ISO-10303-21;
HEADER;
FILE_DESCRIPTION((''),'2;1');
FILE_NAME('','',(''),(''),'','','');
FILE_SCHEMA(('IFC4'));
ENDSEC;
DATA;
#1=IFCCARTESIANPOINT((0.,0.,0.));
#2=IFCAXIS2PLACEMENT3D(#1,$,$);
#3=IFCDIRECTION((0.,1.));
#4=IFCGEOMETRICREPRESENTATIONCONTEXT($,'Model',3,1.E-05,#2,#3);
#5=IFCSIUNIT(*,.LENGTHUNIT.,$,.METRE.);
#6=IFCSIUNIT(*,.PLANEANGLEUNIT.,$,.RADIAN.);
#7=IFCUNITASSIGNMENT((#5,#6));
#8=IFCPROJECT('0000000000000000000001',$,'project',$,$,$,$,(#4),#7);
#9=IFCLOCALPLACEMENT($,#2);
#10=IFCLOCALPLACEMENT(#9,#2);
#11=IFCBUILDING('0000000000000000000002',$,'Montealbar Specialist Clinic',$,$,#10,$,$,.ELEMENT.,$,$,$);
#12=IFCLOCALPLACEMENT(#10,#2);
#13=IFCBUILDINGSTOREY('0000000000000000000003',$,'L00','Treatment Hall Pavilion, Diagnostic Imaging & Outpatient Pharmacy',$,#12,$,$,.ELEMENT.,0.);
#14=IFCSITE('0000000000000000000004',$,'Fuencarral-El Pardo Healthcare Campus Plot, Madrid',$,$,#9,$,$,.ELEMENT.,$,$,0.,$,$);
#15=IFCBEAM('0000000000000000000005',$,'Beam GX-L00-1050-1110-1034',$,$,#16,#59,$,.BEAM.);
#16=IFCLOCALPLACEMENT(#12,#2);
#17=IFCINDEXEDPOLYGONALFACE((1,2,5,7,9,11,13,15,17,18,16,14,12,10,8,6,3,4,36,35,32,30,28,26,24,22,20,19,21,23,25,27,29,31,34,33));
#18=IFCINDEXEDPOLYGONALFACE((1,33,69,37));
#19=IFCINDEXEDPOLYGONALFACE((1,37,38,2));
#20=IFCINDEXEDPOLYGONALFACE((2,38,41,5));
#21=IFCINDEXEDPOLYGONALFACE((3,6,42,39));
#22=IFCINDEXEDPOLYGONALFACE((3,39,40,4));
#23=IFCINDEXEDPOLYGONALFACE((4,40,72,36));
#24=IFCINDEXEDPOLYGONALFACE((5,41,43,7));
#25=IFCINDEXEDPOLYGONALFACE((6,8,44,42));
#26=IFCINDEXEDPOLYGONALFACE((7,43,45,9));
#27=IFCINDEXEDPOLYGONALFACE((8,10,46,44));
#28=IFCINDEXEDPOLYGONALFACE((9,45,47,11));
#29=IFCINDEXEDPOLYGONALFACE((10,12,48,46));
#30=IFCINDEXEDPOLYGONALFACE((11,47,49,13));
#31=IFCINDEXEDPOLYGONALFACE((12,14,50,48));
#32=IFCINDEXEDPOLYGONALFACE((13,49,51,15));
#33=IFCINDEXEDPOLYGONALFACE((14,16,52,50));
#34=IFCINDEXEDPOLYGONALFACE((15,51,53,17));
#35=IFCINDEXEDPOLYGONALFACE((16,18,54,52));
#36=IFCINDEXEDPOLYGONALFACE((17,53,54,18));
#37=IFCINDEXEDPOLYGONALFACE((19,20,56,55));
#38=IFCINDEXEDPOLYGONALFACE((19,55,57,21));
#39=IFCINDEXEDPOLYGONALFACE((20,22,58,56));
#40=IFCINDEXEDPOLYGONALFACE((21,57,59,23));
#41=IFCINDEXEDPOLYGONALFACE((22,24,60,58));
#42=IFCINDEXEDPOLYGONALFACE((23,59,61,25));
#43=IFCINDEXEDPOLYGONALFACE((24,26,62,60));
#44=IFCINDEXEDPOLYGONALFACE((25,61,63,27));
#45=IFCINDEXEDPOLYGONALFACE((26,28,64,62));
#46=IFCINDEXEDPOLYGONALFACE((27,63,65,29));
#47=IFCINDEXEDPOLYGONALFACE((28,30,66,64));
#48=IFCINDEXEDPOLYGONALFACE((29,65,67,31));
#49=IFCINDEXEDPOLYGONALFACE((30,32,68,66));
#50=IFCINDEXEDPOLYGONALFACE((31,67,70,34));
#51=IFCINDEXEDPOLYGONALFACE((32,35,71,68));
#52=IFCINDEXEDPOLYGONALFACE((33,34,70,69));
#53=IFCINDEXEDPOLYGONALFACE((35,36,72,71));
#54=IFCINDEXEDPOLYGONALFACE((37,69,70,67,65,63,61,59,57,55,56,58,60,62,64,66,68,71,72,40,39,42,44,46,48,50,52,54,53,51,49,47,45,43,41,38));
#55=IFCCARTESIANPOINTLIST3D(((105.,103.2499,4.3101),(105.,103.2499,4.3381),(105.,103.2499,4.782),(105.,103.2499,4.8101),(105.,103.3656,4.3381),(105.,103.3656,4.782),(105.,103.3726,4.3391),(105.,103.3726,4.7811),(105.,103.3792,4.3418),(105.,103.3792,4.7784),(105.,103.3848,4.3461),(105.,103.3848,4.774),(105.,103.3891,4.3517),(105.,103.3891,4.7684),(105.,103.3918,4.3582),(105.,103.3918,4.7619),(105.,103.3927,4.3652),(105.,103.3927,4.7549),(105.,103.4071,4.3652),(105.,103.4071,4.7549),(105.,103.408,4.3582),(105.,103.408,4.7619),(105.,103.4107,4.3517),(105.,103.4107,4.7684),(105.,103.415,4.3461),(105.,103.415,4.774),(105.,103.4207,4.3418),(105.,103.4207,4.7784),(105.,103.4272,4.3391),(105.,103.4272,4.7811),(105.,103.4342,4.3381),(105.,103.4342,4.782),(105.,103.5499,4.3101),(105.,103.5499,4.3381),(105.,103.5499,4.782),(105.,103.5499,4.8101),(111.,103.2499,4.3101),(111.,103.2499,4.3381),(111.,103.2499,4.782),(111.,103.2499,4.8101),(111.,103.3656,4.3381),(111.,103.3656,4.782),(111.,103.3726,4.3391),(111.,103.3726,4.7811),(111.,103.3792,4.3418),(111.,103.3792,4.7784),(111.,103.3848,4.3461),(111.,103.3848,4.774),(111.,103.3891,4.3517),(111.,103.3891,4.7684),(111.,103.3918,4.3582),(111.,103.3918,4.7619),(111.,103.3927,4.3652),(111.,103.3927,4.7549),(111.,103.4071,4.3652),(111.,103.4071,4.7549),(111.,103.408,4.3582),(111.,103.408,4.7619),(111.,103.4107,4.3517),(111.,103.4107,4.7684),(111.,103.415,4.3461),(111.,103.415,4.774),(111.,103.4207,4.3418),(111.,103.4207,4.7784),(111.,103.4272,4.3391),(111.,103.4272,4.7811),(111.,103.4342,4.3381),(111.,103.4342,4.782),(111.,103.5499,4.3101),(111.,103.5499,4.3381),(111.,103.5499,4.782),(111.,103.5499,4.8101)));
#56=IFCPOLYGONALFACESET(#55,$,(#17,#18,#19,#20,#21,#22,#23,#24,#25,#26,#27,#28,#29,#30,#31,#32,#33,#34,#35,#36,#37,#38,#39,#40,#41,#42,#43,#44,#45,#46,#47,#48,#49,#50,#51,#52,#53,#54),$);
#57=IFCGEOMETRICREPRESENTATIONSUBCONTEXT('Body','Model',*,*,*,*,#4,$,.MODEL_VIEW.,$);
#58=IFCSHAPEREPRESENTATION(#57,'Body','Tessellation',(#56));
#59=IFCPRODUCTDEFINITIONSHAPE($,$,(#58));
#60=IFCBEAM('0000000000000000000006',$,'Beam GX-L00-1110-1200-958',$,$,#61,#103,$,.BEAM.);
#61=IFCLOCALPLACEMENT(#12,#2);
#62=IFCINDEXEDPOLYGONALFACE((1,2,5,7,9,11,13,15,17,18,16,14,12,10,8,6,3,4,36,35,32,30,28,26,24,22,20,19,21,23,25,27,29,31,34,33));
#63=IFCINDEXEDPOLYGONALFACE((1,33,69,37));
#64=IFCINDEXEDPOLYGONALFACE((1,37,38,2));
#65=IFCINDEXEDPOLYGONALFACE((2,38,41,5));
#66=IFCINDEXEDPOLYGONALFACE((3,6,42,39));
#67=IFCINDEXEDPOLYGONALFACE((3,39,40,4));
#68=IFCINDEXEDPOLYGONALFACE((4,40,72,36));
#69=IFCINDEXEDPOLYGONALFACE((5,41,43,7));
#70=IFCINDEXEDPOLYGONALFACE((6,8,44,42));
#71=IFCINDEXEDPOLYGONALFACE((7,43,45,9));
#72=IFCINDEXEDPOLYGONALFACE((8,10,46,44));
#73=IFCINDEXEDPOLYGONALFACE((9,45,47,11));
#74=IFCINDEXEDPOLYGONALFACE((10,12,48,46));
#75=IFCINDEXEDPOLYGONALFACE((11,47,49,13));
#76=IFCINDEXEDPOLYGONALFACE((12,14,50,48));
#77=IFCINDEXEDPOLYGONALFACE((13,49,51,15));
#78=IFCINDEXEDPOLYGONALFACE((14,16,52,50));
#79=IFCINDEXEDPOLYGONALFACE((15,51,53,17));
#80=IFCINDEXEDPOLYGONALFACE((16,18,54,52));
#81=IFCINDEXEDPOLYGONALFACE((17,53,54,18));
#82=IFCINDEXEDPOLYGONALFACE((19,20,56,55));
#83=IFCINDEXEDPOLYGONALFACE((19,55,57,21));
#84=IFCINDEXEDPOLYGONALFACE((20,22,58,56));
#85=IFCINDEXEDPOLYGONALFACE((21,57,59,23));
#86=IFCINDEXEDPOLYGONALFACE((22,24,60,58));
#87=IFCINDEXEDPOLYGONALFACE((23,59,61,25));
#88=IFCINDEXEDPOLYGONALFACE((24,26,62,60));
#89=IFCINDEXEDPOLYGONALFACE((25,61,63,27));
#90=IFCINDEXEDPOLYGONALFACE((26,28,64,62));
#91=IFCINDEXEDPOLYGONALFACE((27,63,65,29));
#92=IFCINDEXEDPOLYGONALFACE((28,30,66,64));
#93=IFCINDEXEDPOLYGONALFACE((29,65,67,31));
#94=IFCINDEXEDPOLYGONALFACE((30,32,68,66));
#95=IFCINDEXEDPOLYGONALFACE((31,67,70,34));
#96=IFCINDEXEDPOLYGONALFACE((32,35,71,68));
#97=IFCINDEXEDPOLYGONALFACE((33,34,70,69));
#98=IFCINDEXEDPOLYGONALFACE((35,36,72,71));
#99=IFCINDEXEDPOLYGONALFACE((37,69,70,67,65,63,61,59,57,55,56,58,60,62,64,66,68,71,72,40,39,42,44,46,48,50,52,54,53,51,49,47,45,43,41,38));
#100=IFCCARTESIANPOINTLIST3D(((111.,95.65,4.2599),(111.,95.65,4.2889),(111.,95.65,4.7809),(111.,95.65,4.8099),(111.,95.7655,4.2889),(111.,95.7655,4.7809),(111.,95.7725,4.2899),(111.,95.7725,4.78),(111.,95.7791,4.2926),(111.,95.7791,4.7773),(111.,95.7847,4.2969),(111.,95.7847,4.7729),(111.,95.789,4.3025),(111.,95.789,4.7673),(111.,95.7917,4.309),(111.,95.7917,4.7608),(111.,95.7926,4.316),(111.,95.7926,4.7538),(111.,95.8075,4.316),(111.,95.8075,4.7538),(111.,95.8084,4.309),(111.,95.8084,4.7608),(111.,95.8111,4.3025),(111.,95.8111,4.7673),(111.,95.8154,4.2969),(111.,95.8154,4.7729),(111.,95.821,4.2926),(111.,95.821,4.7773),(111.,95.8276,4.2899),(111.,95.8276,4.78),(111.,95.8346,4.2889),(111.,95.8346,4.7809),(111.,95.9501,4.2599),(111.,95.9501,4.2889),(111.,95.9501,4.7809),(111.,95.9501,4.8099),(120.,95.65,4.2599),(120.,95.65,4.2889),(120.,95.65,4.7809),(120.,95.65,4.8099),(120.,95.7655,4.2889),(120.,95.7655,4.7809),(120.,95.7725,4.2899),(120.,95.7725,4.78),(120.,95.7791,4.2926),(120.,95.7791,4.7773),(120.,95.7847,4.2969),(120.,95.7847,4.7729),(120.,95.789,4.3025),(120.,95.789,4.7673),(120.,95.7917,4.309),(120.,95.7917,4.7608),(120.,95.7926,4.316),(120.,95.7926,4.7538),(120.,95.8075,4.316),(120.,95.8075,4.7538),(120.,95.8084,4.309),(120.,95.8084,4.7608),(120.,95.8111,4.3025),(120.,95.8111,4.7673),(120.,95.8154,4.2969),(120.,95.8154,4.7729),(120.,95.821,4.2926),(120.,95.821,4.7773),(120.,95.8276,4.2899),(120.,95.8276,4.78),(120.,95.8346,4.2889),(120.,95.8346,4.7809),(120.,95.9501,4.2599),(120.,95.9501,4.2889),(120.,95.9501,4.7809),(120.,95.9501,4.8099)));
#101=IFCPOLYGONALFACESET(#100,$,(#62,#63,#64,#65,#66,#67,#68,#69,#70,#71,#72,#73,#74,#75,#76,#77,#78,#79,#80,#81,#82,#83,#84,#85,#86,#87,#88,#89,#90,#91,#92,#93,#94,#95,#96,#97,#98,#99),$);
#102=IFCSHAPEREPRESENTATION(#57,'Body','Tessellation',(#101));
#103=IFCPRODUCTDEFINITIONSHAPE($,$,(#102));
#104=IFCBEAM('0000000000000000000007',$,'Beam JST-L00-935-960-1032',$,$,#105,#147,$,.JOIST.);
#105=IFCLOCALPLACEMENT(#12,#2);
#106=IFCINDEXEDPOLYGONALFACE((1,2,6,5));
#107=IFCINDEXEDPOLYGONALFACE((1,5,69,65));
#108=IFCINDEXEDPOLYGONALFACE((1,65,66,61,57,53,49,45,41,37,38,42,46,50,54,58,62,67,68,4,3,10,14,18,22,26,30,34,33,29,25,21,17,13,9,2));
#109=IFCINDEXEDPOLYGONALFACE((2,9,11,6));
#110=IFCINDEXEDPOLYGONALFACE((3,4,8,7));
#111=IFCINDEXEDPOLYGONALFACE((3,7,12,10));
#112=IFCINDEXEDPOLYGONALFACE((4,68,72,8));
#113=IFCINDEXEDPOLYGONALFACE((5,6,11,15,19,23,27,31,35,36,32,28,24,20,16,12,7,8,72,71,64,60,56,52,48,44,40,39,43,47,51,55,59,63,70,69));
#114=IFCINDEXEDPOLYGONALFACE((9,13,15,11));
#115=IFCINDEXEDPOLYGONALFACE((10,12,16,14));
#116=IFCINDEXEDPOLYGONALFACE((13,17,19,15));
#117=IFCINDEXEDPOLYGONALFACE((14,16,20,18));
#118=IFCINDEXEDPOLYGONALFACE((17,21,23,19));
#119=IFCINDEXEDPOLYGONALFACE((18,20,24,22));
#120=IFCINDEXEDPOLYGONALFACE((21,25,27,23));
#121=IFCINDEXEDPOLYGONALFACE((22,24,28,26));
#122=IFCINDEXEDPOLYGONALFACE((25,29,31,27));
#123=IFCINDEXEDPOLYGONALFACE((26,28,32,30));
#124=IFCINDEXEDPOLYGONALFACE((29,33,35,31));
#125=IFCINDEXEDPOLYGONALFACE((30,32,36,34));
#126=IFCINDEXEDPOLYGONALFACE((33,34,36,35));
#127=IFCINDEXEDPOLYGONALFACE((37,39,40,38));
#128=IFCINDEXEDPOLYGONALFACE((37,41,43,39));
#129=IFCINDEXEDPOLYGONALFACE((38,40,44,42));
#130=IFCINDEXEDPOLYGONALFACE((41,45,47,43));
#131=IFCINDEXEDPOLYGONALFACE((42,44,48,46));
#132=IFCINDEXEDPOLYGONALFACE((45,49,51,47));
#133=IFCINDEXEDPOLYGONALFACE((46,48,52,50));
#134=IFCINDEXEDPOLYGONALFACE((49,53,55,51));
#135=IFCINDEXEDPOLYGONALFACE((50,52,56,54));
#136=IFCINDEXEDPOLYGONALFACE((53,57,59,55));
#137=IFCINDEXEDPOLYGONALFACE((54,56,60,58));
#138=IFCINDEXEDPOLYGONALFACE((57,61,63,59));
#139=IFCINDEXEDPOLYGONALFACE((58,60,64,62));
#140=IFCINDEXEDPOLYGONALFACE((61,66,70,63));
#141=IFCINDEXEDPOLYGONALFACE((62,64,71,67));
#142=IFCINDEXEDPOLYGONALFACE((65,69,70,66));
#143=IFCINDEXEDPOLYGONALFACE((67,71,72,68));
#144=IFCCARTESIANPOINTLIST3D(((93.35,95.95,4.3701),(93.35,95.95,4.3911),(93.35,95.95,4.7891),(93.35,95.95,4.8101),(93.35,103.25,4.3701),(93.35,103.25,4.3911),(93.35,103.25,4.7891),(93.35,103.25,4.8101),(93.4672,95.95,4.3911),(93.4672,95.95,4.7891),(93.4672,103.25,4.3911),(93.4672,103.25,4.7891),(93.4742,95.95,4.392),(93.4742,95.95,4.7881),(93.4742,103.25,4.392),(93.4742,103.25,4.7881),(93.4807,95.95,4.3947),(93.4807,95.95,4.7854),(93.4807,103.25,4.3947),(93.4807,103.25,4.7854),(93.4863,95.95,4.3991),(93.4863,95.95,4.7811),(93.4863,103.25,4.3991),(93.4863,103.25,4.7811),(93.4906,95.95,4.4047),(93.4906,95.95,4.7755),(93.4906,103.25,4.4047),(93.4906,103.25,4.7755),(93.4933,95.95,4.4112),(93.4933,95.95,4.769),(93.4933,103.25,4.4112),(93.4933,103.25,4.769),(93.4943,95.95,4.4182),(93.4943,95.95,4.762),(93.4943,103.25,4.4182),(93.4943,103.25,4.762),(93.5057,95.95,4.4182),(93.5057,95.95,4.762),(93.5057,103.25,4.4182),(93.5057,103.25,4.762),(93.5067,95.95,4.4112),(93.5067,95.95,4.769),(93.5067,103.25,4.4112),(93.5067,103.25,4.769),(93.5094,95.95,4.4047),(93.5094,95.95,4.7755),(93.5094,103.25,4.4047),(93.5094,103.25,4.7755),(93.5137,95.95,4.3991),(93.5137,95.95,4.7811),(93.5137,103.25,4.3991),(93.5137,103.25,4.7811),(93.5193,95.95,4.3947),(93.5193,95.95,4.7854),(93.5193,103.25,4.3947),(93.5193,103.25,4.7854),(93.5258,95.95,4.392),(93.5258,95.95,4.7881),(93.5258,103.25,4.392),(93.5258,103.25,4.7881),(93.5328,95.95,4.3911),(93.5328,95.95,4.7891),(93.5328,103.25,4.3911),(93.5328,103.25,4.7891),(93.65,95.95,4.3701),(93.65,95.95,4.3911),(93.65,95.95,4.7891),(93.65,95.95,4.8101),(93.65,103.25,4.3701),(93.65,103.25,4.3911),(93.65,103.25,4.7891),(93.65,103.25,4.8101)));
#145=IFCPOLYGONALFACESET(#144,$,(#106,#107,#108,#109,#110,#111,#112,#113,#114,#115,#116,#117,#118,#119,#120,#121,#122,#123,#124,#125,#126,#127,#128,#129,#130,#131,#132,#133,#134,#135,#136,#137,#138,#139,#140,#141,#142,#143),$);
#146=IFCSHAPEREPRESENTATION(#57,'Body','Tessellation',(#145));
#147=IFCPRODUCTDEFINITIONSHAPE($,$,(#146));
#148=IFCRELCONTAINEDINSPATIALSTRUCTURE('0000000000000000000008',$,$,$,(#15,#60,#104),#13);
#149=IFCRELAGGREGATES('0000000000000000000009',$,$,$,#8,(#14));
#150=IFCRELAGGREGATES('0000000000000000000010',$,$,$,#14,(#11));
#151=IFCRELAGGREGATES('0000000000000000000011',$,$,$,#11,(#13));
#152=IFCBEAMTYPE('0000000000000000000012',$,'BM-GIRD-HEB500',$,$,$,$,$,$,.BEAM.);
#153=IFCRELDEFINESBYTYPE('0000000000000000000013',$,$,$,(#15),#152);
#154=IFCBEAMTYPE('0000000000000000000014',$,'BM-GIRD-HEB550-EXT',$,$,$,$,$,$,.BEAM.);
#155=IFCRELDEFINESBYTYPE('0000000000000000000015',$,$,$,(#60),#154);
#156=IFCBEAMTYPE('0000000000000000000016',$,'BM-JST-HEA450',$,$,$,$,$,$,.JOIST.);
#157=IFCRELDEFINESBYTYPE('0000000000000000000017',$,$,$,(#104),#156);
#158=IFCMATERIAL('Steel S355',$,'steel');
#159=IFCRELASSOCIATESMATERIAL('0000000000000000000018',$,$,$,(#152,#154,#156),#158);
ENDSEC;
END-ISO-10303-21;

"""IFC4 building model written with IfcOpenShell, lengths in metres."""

from ifc_helpers import new_model, si_unit, direction, frame, origin, origin_2d, place, context, subcontext, project, spatial, i_section, extrude, material, material_profile, profile_set, type_object, element, save


model = new_model("IFC4")

# Units and contexts
model_context = context("Model", 3, precision=1e-05, world=origin(), true_north=direction((0.0, 1.0)))
body_context = subcontext(model_context, "Body", "Model", "MODEL_VIEW")
ifc_project = project(units=[si_unit("LENGTHUNIT", "METRE"), si_unit("PLANEANGLEUNIT", "RADIAN")], contexts=[model_context])

# Site, building, storey
site_placement = place(None, origin())
site = spatial("IfcSite", under=ifc_project, at=site_placement, Name="Fuencarral-El Pardo Healthcare Campus Plot, Madrid", CompositionType="ELEMENT", RefElevation=0.0)
building_placement = place(site_placement, origin())
building = spatial("IfcBuilding", under=site, at=building_placement, Name="Montealbar Specialist Clinic", CompositionType="ELEMENT")
storey_placement = place(building_placement, origin())
storey = spatial("IfcBuildingStorey", under=building, at=storey_placement, Name="L00", Description="Treatment Hall Pavilion, Diagnostic Imaging & Outpatient Pharmacy", CompositionType="ELEMENT", Elevation=0.0)

# Shared definitions
ifc_material_1 = material(Name="Steel S355", Category="steel")

# Beams
ifc_material_profile_1 = material_profile(ifc_material_1, i_section(OverallWidth=0.3, OverallDepth=0.5, WebThickness=0.0144, FlangeThickness=0.0281, FilletRadius=0.0271, at=origin_2d()), Name="HEB 500", Category="steel")
ifc_profile_set_1 = profile_set([ifc_material_profile_1], Name="Steel S355")
beam_type_1 = type_object("IfcBeamType", Name="BM-GIRD-HEB500", PredefinedType="BEAM", material=ifc_profile_set_1)
for number, where, z_axis, x_axis, name in (
    (1, (105.0, 103.3999, 4.5601), (1.0, 0.0, 0.0), (0.0, 1.0, 0.0), "Beam GX-L00-1050-1110-1034"),
):
    element("IfcBeam", number, at=place(storey_placement, frame(where, z_axis=z_axis, x_axis=x_axis)), inside=storey, type_object=beam_type_1, Name=name, PredefinedType="BEAM", context=body_context, shape_type="SweptSolid", body=[
        extrude(i_section(OverallWidth=0.3, OverallDepth=0.5, WebThickness=0.0144, FlangeThickness=0.0281, FilletRadius=0.0271, at=origin_2d()), origin(), (0.0, 0.0, 1.0), 6.0),
    ])
ifc_material_profile_2 = material_profile(ifc_material_1, i_section(OverallWidth=0.3, OverallDepth=0.55, WebThickness=0.0149, FlangeThickness=0.0291, FilletRadius=0.0271, at=origin_2d()), Name="HEB 550", Category="steel")
ifc_profile_set_2 = profile_set([ifc_material_profile_2], Name="Steel S355")
beam_type_2 = type_object("IfcBeamType", Name="BM-GIRD-HEB550-EXT", PredefinedType="BEAM", material=ifc_profile_set_2)
beam_1_placement = place(storey_placement, frame((111.0, 95.8, 4.5349), z_axis=(1.0, 0.0, 0.0), x_axis=(0.0, 1.0, 0.0)))
element("IfcBeam", 2, at=beam_1_placement, inside=storey, type_object=beam_type_2, Name="Beam GX-L00-1110-1200-958", PredefinedType="BEAM", context=body_context, shape_type="SweptSolid", body=[
    extrude(i_section(OverallWidth=0.3, OverallDepth=0.55, WebThickness=0.0149, FlangeThickness=0.0291, FilletRadius=0.0271, at=origin_2d()), origin(), (0.0, 0.0, 1.0), 9.0),
])
ifc_material_profile_3 = material_profile(ifc_material_1, i_section(OverallWidth=0.3, OverallDepth=0.4399, WebThickness=0.0115, FlangeThickness=0.021, FilletRadius=0.0271, at=origin_2d()), Name="HEA 450", Category="steel")
ifc_profile_set_3 = profile_set([ifc_material_profile_3], Name="Steel S355")
beam_type_3 = type_object("IfcBeamType", Name="BM-JST-HEA450", PredefinedType="JOIST", material=ifc_profile_set_3)
beam_2_placement = place(storey_placement, frame((93.5, 95.95, 4.5901), z_axis=(0.0, 1.0, 0.0), x_axis=(-1.0, 0.0, 0.0)))
element("IfcBeam", 3, at=beam_2_placement, inside=storey, type_object=beam_type_3, Name="Beam JST-L00-935-960-1032", PredefinedType="JOIST", context=body_context, shape_type="SweptSolid", body=[
    extrude(i_section(OverallWidth=0.3, OverallDepth=0.4399, WebThickness=0.0115, FlangeThickness=0.021, FilletRadius=0.0271, at=origin_2d()), origin(), (0.0, 0.0, 1.0), 7.3),
])

save(model, "model.ifc")
